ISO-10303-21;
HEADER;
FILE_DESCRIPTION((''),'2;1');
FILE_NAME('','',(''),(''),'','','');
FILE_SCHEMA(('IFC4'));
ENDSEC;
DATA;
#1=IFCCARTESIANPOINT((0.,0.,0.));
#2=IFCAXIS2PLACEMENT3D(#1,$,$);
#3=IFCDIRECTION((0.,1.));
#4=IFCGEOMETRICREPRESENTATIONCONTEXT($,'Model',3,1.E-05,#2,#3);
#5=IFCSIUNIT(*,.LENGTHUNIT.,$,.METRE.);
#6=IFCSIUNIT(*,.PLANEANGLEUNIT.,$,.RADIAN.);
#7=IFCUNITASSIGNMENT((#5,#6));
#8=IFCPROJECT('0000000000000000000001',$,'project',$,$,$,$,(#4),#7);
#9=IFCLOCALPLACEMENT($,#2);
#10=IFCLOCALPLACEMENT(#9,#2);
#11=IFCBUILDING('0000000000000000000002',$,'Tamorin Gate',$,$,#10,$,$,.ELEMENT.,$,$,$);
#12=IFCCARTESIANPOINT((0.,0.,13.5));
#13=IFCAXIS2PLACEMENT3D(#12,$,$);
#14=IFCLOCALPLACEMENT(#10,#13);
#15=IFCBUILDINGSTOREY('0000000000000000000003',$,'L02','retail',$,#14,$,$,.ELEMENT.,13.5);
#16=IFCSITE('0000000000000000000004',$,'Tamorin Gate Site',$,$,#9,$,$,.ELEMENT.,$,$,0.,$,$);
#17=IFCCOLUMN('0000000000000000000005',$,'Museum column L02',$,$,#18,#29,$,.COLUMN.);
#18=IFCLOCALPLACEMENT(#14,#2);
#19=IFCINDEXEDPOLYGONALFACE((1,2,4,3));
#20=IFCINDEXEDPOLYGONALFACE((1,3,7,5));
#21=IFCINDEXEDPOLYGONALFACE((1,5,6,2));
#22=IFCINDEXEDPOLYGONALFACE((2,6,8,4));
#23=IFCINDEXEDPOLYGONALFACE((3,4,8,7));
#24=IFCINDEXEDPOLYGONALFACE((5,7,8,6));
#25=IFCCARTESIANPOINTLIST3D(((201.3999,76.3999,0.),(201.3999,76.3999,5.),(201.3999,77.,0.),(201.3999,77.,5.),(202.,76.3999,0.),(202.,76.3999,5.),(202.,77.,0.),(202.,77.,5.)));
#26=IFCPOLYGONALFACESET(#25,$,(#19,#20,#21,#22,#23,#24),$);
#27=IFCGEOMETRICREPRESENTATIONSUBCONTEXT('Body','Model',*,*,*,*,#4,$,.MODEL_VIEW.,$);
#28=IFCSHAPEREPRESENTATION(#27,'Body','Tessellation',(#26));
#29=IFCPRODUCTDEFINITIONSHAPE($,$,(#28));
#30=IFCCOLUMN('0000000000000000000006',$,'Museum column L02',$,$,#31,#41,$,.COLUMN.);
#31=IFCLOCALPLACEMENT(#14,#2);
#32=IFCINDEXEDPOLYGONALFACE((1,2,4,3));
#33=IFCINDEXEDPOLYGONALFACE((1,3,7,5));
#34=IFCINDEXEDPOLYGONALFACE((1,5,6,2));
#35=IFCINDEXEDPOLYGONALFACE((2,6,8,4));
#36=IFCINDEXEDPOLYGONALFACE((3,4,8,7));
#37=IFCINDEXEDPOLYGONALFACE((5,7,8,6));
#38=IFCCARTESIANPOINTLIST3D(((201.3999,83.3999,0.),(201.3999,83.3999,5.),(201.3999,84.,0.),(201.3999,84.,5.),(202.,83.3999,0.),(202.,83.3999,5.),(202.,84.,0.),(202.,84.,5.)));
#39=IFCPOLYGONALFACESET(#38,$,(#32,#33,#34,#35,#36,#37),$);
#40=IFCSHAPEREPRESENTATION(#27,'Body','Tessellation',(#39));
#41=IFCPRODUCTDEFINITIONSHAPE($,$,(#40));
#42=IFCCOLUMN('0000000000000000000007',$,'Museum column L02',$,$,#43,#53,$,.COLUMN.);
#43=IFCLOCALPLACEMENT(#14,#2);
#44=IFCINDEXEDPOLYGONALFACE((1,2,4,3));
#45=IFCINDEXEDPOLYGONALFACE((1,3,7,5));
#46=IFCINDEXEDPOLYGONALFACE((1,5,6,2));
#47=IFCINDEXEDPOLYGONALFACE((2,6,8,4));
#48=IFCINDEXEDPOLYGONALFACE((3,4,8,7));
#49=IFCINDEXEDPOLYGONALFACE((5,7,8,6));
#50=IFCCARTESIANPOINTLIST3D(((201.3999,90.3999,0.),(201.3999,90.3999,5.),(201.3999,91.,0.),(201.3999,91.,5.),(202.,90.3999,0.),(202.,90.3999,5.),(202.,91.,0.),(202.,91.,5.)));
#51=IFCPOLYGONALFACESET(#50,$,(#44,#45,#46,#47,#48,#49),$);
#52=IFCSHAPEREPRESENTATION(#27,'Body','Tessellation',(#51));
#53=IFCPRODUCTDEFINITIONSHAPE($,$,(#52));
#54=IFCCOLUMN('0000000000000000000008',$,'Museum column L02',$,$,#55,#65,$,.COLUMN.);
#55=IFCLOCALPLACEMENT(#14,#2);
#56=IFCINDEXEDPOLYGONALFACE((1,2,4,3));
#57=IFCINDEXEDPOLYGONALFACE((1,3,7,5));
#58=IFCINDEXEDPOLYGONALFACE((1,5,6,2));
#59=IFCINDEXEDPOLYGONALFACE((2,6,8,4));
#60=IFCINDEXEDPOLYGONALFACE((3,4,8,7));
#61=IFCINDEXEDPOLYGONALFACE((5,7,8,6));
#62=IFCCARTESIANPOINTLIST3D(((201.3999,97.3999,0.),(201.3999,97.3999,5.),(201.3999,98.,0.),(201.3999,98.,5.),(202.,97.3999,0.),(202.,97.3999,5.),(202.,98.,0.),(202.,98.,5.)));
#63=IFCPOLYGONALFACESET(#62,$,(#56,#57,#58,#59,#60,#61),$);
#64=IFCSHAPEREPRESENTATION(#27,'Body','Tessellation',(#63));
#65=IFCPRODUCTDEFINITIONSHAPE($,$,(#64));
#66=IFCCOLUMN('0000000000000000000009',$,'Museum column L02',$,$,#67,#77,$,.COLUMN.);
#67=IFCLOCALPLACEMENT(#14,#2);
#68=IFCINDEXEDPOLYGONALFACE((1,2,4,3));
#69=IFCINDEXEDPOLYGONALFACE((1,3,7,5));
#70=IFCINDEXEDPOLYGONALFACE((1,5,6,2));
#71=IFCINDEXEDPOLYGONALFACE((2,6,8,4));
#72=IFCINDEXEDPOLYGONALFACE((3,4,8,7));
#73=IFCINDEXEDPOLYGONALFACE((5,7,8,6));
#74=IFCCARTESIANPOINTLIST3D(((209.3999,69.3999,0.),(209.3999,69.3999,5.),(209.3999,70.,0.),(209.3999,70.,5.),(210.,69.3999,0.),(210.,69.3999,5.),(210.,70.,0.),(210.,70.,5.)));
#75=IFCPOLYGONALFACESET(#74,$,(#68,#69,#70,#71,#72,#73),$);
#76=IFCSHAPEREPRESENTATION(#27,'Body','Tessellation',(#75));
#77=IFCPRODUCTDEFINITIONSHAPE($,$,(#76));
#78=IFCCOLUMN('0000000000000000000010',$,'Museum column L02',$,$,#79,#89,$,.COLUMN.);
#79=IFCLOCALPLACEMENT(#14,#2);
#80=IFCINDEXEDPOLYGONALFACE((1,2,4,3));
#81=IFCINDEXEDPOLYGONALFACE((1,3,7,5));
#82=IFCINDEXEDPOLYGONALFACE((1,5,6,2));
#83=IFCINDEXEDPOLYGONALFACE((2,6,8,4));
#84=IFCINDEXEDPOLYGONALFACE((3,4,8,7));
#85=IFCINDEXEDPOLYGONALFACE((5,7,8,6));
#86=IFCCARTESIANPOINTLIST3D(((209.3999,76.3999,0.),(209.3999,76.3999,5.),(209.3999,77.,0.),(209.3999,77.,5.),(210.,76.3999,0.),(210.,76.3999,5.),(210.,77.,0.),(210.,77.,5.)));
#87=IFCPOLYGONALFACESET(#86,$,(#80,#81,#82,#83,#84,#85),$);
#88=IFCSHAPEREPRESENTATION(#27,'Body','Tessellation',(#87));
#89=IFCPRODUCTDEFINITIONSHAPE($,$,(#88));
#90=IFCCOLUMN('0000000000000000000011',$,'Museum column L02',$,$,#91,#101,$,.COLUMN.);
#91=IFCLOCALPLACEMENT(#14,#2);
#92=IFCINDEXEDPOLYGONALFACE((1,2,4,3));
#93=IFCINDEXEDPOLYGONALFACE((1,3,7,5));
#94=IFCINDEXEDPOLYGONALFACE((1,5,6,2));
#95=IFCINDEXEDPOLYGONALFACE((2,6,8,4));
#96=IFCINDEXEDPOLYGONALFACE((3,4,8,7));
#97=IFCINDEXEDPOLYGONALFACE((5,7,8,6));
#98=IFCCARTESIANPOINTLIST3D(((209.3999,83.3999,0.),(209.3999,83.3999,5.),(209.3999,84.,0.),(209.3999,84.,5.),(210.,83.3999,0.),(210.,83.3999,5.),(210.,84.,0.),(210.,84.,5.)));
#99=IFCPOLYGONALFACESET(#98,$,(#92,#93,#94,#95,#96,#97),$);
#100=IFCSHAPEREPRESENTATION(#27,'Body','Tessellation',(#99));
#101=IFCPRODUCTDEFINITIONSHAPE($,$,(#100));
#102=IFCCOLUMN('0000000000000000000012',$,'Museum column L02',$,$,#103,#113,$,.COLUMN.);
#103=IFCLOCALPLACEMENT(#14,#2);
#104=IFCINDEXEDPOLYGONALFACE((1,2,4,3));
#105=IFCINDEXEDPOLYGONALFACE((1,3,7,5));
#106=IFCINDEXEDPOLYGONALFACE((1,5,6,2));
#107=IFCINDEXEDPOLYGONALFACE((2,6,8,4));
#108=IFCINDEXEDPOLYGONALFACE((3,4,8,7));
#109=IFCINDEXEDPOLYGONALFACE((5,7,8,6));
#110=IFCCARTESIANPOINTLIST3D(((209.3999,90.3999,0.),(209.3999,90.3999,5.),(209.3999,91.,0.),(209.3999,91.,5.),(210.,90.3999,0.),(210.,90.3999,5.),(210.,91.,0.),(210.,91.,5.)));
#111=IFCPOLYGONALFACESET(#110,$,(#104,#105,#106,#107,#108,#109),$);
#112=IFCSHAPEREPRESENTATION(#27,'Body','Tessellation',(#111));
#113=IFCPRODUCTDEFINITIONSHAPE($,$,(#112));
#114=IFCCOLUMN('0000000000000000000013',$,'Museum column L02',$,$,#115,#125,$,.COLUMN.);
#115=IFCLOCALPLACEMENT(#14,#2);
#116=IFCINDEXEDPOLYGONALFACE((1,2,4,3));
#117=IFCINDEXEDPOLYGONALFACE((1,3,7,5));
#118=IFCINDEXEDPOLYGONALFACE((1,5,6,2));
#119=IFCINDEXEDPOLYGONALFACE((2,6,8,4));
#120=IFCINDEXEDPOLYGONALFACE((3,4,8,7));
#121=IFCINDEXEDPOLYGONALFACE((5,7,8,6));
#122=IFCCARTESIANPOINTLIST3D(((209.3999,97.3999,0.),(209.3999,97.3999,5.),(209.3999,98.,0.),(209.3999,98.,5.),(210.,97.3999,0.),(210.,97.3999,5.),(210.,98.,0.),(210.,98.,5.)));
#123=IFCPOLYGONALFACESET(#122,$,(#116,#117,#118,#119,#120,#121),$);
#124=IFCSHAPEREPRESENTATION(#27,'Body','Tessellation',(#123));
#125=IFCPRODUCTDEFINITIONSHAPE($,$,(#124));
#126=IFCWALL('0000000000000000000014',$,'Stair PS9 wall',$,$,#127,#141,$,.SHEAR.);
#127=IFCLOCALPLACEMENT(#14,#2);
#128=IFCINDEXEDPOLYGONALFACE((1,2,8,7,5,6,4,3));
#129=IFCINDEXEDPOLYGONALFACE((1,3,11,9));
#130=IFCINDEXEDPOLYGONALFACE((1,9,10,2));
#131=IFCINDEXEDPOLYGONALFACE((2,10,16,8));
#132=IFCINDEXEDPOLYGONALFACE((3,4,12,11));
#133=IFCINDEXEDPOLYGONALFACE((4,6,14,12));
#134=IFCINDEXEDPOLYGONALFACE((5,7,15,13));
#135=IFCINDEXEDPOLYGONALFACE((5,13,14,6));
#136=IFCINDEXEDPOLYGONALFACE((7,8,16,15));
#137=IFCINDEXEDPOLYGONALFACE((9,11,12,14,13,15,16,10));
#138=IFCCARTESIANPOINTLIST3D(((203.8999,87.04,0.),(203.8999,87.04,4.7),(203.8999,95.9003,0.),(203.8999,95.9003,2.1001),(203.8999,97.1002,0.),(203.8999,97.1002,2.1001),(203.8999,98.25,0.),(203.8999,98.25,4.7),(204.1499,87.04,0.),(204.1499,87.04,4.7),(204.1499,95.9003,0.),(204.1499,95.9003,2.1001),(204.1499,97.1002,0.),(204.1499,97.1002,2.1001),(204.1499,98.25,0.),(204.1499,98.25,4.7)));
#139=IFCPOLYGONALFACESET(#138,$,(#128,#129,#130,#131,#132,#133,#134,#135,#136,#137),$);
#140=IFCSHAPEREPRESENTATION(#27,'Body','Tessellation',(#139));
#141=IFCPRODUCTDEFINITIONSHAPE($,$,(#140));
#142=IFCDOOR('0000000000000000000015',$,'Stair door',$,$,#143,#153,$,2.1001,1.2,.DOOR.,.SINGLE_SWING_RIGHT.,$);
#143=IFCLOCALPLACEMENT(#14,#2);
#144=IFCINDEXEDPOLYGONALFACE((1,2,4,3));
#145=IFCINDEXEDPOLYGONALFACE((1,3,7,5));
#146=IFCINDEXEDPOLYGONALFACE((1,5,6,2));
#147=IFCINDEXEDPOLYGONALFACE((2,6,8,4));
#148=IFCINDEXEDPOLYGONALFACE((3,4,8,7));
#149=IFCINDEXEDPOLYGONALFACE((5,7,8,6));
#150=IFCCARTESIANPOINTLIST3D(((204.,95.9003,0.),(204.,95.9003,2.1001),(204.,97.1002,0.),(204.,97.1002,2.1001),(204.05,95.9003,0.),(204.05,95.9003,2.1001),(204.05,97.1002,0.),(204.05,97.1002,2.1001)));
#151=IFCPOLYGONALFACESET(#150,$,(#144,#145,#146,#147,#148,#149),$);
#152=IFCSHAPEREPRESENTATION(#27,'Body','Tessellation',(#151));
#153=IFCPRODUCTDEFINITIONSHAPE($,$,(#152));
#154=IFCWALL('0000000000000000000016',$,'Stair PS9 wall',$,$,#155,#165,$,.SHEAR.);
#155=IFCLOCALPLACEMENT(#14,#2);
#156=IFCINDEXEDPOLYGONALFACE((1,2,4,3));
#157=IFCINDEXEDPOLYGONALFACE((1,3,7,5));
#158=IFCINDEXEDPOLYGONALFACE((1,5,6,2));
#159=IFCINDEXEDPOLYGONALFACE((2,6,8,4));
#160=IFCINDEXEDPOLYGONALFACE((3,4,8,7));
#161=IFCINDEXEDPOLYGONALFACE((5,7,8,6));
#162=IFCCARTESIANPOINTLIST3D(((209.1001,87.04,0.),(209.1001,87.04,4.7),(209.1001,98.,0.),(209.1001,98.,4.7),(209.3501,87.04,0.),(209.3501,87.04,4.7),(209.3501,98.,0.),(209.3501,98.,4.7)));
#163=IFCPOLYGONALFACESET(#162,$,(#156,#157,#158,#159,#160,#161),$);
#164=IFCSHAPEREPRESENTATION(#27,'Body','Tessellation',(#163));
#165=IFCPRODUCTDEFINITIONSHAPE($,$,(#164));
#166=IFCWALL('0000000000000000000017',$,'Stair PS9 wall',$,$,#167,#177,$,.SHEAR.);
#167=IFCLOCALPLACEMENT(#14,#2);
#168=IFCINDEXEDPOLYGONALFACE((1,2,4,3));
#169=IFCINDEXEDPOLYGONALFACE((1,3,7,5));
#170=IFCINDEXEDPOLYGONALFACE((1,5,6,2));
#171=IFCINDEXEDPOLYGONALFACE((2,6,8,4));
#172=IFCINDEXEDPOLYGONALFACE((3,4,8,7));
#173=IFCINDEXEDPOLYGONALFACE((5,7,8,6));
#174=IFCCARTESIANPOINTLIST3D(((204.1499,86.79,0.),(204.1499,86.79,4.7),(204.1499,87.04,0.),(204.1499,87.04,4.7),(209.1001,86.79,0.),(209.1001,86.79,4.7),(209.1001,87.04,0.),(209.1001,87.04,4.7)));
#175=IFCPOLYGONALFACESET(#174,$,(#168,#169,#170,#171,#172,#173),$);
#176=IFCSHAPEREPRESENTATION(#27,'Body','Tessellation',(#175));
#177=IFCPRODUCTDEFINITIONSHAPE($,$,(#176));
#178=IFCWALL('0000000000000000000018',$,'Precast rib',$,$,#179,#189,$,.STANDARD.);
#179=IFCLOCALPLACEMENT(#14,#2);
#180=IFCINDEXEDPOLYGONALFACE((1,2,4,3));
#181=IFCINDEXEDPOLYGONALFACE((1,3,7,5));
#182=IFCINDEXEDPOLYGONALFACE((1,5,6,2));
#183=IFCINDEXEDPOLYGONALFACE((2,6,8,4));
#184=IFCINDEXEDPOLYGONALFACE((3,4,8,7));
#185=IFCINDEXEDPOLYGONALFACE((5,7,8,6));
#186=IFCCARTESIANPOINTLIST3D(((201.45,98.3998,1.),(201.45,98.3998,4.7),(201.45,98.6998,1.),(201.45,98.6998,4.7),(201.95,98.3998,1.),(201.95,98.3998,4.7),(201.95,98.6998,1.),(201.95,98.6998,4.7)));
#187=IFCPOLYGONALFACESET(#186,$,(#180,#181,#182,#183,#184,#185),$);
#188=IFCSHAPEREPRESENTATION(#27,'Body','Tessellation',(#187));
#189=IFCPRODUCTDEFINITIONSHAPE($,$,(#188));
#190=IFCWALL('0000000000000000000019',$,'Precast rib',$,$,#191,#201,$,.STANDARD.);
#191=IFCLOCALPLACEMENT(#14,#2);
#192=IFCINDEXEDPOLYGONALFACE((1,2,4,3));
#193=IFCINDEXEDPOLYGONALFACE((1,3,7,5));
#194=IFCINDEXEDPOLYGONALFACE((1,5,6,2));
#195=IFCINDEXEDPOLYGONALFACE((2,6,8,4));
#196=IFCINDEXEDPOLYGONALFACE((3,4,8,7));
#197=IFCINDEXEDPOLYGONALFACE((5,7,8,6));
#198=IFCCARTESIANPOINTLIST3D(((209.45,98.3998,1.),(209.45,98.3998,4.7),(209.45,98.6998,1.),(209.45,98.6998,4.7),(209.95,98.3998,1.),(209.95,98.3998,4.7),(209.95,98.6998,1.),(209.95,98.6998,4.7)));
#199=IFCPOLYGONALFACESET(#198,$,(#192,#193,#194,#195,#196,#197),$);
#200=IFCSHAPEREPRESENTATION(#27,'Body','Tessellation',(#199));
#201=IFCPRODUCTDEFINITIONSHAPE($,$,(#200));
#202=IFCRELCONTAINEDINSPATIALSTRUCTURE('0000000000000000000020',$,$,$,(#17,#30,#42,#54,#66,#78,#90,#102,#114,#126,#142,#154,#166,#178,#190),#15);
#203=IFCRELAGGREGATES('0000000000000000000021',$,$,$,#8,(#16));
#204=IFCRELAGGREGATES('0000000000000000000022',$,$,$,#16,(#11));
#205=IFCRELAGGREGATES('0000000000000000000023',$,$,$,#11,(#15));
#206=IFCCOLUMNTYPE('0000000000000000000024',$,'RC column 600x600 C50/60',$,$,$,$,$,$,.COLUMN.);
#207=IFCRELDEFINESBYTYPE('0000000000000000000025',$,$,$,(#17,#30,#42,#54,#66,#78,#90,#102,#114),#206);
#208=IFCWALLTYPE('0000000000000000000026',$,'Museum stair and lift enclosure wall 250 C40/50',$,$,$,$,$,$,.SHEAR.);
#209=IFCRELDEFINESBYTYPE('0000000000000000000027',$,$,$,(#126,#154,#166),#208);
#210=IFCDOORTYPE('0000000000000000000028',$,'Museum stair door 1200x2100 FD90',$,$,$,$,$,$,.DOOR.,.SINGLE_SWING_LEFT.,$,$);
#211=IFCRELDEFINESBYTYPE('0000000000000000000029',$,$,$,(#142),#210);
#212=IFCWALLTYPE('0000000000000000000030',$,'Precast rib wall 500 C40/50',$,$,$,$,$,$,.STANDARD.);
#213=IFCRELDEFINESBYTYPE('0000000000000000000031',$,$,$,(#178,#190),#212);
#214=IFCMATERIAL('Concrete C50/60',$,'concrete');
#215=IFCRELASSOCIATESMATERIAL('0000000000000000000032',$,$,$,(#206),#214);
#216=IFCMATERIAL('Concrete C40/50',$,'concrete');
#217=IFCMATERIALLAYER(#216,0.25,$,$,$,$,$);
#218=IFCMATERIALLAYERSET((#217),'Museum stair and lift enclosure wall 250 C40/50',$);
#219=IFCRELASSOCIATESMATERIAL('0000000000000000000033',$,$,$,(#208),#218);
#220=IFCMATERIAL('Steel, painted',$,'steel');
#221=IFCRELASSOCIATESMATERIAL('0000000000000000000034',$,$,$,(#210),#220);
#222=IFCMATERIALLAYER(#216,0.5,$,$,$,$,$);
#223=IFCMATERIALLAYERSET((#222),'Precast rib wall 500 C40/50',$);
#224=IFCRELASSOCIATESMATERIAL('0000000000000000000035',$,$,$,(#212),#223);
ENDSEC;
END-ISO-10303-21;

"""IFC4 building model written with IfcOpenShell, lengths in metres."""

from ifc_helpers import new_model, si_unit, direction, frame, frame_2d, origin, origin_2d, place, context, subcontext, project, spatial, rectangle, extrude, material, layer, layer_set, material_profile, profile_set, type_object, element, fill, save


model = new_model("IFC4")

# Units and contexts
model_context = context("Model", 3, precision=1e-05, world=origin(), true_north=direction((0.0, 1.0)))
body_context = subcontext(model_context, "Body", "Model", "MODEL_VIEW")
ifc_project = project(units=[si_unit("LENGTHUNIT", "METRE"), si_unit("PLANEANGLEUNIT", "RADIAN")], contexts=[model_context])

# Site, building, storey
site_placement = place(None, origin())
site = spatial("IfcSite", under=ifc_project, at=site_placement, Name="Tamorin Gate Site", CompositionType="ELEMENT", RefElevation=0.0)
building_placement = place(site_placement, origin())
building = spatial("IfcBuilding", under=site, at=building_placement, Name="Tamorin Gate", CompositionType="ELEMENT")
storey_placement = place(building_placement, frame((0.0, 0.0, 13.5)))
storey = spatial("IfcBuildingStorey", under=building, at=storey_placement, Name="L02", Description="retail", CompositionType="ELEMENT", Elevation=13.5)

# Columns
ifc_material_1 = material(Name="Concrete C50/60", Category="concrete")
ifc_material_profile = material_profile(ifc_material_1, rectangle(XDim=0.6001, YDim=0.6001, at=origin_2d()))
ifc_profile_set = profile_set([ifc_material_profile], Name="Concrete C50/60")
column_type = type_object("IfcColumnType", Name="RC column 600x600 C50/60", PredefinedType="COLUMN", material=ifc_profile_set)
for number, where, z_axis, x_axis, name in (
    (1, (201.7, 76.7, 0.0), (0.0, 0.0, 1.0), (1.0, 0.0, 0.0), "Museum column L02"),
    (2, (201.7, 83.7, 0.0), (0.0, 0.0, 1.0), (1.0, 0.0, 0.0), "Museum column L02"),
    (3, (201.7, 90.7, 0.0), (0.0, 0.0, 1.0), (1.0, 0.0, 0.0), "Museum column L02"),
    (4, (201.7, 97.7, 0.0), (0.0, 0.0, 1.0), (1.0, 0.0, 0.0), "Museum column L02"),
    (5, (209.7, 69.7, 0.0), (0.0, 0.0, 1.0), (1.0, 0.0, 0.0), "Museum column L02"),
    (6, (209.7, 76.7, 0.0), (0.0, 0.0, 1.0), (1.0, 0.0, 0.0), "Museum column L02"),
    (7, (209.7, 83.7, 0.0), (0.0, 0.0, 1.0), (1.0, 0.0, 0.0), "Museum column L02"),
    (8, (209.7, 90.7, 0.0), (0.0, 0.0, 1.0), (1.0, 0.0, 0.0), "Museum column L02"),
    (9, (209.7, 97.7, 0.0), (0.0, 0.0, 1.0), (1.0, 0.0, 0.0), "Museum column L02"),
):
    element("IfcColumn", number, at=place(storey_placement, frame(where, z_axis=z_axis, x_axis=x_axis)), inside=storey, type_object=column_type, Name=name, PredefinedType="COLUMN", context=body_context, shape_type="SweptSolid", body=[
        extrude(rectangle(XDim=0.6001, YDim=0.6001, at=origin_2d()), origin(), (0.0, 0.0, 1.0), 5.0),
    ])

# Wall, opening, door
ifc_material_2 = material(Name="Concrete C40/50", Category="concrete")
ifc_layer_1 = layer(ifc_material_2, 0.25)
ifc_layer_set_1 = layer_set([ifc_layer_1], Name="Museum stair and lift enclosure wall 250 C40/50")
wall_type_1 = type_object("IfcWallType", Name="Museum stair and lift enclosure wall 250 C40/50", PredefinedType="SHEAR", material=ifc_layer_set_1)
wall_1_placement = place(storey_placement, frame((204.0249, 87.04, 0.0), z_axis=(0.0, 0.0, 1.0), x_axis=(0.0, 1.0, 0.0)))
wall_1 = element("IfcWall", 10, at=wall_1_placement, inside=storey, type_object=wall_type_1, Name="Stair PS9 wall", PredefinedType="SHEAR", context=body_context, shape_type="SweptSolid", body=[
    extrude(rectangle(XDim=11.21, YDim=0.25, at=frame_2d((5.605, 0.0))), origin(), (0.0, 0.0, 1.0), 4.7),
])
opening_placement = place(wall_1_placement, frame((8.8601, 0.0, 0.0)))
opening = element("IfcOpeningElement", 11, at=opening_placement, cuts=wall_1, PredefinedType="OPENING", context=body_context, shape_type="SweptSolid", body=[
    extrude(rectangle(XDim=1.2, YDim=2.1001, at=frame_2d((0.6001, 1.05))), frame((0.0, 0.135, 0.0), z_axis=(0.0, -1.0, 0.0), x_axis=(1.0, 0.0, 0.0)), (0.0, 0.0, 1.0), 0.27),
])
ifc_material_3 = material(Name="Steel, painted", Category="steel")
door_type = type_object("IfcDoorType", Name="Museum stair door 1200x2100 FD90", OperationType="SINGLE_SWING_LEFT", PredefinedType="DOOR", material=ifc_material_3)
door_placement = place(opening_placement, origin())
door = element("IfcDoor", 12, at=door_placement, inside=storey, type_object=door_type, Name="Stair door", OperationType="SINGLE_SWING_RIGHT", OverallHeight=2.1001, OverallWidth=1.2, PredefinedType="DOOR", context=body_context, shape_type="SweptSolid", body=[
    extrude(rectangle(XDim=1.2, YDim=2.1001, at=frame_2d((0.6001, 1.05))), frame((0.0, 0.0249, 0.0), z_axis=(0.0, -1.0, 0.0), x_axis=(1.0, 0.0, 0.0)), (0.0, 0.0, 1.0), 0.05),
])
fill(opening, door)

# Walls
wall_2_placement = place(storey_placement, frame((209.2251, 87.04, 0.0), z_axis=(0.0, 0.0, 1.0), x_axis=(0.0, 1.0, 0.0)))
element("IfcWall", 13, at=wall_2_placement, inside=storey, type_object=wall_type_1, Name="Stair PS9 wall", PredefinedType="SHEAR", context=body_context, shape_type="SweptSolid", body=[
    extrude(rectangle(XDim=10.96, YDim=0.25, at=frame_2d((5.48, 0.0))), origin(), (0.0, 0.0, 1.0), 4.7),
])
wall_3_placement = place(storey_placement, frame((204.1499, 86.915, 0.0), z_axis=(0.0, 0.0, 1.0), x_axis=(1.0, 0.0, 0.0)))
element("IfcWall", 14, at=wall_3_placement, inside=storey, type_object=wall_type_1, Name="Stair PS9 wall", PredefinedType="SHEAR", context=body_context, shape_type="SweptSolid", body=[
    extrude(rectangle(XDim=4.9502, YDim=0.25, at=frame_2d((2.4751, 0.0))), origin(), (0.0, 0.0, 1.0), 4.7),
])
ifc_layer_2 = layer(ifc_material_2, 0.5)
ifc_layer_set_2 = layer_set([ifc_layer_2], Name="Precast rib wall 500 C40/50")
wall_type_2 = type_object("IfcWallType", Name="Precast rib wall 500 C40/50", PredefinedType="STANDARD", material=ifc_layer_set_2)
for number, where, z_axis, x_axis, name in (
    (15, (201.7, 98.3999, 1.0), (0.0, 0.0, 1.0), (0.0, 1.0, 0.0), "Precast rib"),
    (16, (209.7, 98.3999, 1.0), (0.0, 0.0, 1.0), (0.0, 1.0, 0.0), "Precast rib"),
):
    element("IfcWall", number, at=place(storey_placement, frame(where, z_axis=z_axis, x_axis=x_axis)), inside=storey, type_object=wall_type_2, Name=name, PredefinedType="STANDARD", context=body_context, shape_type="SweptSolid", body=[
        extrude(rectangle(XDim=0.3, YDim=0.5, at=frame_2d((0.1499, 0.0))), origin(), (0.0, 0.0, 1.0), 3.7),
    ])

save(model, "model.ifc")
